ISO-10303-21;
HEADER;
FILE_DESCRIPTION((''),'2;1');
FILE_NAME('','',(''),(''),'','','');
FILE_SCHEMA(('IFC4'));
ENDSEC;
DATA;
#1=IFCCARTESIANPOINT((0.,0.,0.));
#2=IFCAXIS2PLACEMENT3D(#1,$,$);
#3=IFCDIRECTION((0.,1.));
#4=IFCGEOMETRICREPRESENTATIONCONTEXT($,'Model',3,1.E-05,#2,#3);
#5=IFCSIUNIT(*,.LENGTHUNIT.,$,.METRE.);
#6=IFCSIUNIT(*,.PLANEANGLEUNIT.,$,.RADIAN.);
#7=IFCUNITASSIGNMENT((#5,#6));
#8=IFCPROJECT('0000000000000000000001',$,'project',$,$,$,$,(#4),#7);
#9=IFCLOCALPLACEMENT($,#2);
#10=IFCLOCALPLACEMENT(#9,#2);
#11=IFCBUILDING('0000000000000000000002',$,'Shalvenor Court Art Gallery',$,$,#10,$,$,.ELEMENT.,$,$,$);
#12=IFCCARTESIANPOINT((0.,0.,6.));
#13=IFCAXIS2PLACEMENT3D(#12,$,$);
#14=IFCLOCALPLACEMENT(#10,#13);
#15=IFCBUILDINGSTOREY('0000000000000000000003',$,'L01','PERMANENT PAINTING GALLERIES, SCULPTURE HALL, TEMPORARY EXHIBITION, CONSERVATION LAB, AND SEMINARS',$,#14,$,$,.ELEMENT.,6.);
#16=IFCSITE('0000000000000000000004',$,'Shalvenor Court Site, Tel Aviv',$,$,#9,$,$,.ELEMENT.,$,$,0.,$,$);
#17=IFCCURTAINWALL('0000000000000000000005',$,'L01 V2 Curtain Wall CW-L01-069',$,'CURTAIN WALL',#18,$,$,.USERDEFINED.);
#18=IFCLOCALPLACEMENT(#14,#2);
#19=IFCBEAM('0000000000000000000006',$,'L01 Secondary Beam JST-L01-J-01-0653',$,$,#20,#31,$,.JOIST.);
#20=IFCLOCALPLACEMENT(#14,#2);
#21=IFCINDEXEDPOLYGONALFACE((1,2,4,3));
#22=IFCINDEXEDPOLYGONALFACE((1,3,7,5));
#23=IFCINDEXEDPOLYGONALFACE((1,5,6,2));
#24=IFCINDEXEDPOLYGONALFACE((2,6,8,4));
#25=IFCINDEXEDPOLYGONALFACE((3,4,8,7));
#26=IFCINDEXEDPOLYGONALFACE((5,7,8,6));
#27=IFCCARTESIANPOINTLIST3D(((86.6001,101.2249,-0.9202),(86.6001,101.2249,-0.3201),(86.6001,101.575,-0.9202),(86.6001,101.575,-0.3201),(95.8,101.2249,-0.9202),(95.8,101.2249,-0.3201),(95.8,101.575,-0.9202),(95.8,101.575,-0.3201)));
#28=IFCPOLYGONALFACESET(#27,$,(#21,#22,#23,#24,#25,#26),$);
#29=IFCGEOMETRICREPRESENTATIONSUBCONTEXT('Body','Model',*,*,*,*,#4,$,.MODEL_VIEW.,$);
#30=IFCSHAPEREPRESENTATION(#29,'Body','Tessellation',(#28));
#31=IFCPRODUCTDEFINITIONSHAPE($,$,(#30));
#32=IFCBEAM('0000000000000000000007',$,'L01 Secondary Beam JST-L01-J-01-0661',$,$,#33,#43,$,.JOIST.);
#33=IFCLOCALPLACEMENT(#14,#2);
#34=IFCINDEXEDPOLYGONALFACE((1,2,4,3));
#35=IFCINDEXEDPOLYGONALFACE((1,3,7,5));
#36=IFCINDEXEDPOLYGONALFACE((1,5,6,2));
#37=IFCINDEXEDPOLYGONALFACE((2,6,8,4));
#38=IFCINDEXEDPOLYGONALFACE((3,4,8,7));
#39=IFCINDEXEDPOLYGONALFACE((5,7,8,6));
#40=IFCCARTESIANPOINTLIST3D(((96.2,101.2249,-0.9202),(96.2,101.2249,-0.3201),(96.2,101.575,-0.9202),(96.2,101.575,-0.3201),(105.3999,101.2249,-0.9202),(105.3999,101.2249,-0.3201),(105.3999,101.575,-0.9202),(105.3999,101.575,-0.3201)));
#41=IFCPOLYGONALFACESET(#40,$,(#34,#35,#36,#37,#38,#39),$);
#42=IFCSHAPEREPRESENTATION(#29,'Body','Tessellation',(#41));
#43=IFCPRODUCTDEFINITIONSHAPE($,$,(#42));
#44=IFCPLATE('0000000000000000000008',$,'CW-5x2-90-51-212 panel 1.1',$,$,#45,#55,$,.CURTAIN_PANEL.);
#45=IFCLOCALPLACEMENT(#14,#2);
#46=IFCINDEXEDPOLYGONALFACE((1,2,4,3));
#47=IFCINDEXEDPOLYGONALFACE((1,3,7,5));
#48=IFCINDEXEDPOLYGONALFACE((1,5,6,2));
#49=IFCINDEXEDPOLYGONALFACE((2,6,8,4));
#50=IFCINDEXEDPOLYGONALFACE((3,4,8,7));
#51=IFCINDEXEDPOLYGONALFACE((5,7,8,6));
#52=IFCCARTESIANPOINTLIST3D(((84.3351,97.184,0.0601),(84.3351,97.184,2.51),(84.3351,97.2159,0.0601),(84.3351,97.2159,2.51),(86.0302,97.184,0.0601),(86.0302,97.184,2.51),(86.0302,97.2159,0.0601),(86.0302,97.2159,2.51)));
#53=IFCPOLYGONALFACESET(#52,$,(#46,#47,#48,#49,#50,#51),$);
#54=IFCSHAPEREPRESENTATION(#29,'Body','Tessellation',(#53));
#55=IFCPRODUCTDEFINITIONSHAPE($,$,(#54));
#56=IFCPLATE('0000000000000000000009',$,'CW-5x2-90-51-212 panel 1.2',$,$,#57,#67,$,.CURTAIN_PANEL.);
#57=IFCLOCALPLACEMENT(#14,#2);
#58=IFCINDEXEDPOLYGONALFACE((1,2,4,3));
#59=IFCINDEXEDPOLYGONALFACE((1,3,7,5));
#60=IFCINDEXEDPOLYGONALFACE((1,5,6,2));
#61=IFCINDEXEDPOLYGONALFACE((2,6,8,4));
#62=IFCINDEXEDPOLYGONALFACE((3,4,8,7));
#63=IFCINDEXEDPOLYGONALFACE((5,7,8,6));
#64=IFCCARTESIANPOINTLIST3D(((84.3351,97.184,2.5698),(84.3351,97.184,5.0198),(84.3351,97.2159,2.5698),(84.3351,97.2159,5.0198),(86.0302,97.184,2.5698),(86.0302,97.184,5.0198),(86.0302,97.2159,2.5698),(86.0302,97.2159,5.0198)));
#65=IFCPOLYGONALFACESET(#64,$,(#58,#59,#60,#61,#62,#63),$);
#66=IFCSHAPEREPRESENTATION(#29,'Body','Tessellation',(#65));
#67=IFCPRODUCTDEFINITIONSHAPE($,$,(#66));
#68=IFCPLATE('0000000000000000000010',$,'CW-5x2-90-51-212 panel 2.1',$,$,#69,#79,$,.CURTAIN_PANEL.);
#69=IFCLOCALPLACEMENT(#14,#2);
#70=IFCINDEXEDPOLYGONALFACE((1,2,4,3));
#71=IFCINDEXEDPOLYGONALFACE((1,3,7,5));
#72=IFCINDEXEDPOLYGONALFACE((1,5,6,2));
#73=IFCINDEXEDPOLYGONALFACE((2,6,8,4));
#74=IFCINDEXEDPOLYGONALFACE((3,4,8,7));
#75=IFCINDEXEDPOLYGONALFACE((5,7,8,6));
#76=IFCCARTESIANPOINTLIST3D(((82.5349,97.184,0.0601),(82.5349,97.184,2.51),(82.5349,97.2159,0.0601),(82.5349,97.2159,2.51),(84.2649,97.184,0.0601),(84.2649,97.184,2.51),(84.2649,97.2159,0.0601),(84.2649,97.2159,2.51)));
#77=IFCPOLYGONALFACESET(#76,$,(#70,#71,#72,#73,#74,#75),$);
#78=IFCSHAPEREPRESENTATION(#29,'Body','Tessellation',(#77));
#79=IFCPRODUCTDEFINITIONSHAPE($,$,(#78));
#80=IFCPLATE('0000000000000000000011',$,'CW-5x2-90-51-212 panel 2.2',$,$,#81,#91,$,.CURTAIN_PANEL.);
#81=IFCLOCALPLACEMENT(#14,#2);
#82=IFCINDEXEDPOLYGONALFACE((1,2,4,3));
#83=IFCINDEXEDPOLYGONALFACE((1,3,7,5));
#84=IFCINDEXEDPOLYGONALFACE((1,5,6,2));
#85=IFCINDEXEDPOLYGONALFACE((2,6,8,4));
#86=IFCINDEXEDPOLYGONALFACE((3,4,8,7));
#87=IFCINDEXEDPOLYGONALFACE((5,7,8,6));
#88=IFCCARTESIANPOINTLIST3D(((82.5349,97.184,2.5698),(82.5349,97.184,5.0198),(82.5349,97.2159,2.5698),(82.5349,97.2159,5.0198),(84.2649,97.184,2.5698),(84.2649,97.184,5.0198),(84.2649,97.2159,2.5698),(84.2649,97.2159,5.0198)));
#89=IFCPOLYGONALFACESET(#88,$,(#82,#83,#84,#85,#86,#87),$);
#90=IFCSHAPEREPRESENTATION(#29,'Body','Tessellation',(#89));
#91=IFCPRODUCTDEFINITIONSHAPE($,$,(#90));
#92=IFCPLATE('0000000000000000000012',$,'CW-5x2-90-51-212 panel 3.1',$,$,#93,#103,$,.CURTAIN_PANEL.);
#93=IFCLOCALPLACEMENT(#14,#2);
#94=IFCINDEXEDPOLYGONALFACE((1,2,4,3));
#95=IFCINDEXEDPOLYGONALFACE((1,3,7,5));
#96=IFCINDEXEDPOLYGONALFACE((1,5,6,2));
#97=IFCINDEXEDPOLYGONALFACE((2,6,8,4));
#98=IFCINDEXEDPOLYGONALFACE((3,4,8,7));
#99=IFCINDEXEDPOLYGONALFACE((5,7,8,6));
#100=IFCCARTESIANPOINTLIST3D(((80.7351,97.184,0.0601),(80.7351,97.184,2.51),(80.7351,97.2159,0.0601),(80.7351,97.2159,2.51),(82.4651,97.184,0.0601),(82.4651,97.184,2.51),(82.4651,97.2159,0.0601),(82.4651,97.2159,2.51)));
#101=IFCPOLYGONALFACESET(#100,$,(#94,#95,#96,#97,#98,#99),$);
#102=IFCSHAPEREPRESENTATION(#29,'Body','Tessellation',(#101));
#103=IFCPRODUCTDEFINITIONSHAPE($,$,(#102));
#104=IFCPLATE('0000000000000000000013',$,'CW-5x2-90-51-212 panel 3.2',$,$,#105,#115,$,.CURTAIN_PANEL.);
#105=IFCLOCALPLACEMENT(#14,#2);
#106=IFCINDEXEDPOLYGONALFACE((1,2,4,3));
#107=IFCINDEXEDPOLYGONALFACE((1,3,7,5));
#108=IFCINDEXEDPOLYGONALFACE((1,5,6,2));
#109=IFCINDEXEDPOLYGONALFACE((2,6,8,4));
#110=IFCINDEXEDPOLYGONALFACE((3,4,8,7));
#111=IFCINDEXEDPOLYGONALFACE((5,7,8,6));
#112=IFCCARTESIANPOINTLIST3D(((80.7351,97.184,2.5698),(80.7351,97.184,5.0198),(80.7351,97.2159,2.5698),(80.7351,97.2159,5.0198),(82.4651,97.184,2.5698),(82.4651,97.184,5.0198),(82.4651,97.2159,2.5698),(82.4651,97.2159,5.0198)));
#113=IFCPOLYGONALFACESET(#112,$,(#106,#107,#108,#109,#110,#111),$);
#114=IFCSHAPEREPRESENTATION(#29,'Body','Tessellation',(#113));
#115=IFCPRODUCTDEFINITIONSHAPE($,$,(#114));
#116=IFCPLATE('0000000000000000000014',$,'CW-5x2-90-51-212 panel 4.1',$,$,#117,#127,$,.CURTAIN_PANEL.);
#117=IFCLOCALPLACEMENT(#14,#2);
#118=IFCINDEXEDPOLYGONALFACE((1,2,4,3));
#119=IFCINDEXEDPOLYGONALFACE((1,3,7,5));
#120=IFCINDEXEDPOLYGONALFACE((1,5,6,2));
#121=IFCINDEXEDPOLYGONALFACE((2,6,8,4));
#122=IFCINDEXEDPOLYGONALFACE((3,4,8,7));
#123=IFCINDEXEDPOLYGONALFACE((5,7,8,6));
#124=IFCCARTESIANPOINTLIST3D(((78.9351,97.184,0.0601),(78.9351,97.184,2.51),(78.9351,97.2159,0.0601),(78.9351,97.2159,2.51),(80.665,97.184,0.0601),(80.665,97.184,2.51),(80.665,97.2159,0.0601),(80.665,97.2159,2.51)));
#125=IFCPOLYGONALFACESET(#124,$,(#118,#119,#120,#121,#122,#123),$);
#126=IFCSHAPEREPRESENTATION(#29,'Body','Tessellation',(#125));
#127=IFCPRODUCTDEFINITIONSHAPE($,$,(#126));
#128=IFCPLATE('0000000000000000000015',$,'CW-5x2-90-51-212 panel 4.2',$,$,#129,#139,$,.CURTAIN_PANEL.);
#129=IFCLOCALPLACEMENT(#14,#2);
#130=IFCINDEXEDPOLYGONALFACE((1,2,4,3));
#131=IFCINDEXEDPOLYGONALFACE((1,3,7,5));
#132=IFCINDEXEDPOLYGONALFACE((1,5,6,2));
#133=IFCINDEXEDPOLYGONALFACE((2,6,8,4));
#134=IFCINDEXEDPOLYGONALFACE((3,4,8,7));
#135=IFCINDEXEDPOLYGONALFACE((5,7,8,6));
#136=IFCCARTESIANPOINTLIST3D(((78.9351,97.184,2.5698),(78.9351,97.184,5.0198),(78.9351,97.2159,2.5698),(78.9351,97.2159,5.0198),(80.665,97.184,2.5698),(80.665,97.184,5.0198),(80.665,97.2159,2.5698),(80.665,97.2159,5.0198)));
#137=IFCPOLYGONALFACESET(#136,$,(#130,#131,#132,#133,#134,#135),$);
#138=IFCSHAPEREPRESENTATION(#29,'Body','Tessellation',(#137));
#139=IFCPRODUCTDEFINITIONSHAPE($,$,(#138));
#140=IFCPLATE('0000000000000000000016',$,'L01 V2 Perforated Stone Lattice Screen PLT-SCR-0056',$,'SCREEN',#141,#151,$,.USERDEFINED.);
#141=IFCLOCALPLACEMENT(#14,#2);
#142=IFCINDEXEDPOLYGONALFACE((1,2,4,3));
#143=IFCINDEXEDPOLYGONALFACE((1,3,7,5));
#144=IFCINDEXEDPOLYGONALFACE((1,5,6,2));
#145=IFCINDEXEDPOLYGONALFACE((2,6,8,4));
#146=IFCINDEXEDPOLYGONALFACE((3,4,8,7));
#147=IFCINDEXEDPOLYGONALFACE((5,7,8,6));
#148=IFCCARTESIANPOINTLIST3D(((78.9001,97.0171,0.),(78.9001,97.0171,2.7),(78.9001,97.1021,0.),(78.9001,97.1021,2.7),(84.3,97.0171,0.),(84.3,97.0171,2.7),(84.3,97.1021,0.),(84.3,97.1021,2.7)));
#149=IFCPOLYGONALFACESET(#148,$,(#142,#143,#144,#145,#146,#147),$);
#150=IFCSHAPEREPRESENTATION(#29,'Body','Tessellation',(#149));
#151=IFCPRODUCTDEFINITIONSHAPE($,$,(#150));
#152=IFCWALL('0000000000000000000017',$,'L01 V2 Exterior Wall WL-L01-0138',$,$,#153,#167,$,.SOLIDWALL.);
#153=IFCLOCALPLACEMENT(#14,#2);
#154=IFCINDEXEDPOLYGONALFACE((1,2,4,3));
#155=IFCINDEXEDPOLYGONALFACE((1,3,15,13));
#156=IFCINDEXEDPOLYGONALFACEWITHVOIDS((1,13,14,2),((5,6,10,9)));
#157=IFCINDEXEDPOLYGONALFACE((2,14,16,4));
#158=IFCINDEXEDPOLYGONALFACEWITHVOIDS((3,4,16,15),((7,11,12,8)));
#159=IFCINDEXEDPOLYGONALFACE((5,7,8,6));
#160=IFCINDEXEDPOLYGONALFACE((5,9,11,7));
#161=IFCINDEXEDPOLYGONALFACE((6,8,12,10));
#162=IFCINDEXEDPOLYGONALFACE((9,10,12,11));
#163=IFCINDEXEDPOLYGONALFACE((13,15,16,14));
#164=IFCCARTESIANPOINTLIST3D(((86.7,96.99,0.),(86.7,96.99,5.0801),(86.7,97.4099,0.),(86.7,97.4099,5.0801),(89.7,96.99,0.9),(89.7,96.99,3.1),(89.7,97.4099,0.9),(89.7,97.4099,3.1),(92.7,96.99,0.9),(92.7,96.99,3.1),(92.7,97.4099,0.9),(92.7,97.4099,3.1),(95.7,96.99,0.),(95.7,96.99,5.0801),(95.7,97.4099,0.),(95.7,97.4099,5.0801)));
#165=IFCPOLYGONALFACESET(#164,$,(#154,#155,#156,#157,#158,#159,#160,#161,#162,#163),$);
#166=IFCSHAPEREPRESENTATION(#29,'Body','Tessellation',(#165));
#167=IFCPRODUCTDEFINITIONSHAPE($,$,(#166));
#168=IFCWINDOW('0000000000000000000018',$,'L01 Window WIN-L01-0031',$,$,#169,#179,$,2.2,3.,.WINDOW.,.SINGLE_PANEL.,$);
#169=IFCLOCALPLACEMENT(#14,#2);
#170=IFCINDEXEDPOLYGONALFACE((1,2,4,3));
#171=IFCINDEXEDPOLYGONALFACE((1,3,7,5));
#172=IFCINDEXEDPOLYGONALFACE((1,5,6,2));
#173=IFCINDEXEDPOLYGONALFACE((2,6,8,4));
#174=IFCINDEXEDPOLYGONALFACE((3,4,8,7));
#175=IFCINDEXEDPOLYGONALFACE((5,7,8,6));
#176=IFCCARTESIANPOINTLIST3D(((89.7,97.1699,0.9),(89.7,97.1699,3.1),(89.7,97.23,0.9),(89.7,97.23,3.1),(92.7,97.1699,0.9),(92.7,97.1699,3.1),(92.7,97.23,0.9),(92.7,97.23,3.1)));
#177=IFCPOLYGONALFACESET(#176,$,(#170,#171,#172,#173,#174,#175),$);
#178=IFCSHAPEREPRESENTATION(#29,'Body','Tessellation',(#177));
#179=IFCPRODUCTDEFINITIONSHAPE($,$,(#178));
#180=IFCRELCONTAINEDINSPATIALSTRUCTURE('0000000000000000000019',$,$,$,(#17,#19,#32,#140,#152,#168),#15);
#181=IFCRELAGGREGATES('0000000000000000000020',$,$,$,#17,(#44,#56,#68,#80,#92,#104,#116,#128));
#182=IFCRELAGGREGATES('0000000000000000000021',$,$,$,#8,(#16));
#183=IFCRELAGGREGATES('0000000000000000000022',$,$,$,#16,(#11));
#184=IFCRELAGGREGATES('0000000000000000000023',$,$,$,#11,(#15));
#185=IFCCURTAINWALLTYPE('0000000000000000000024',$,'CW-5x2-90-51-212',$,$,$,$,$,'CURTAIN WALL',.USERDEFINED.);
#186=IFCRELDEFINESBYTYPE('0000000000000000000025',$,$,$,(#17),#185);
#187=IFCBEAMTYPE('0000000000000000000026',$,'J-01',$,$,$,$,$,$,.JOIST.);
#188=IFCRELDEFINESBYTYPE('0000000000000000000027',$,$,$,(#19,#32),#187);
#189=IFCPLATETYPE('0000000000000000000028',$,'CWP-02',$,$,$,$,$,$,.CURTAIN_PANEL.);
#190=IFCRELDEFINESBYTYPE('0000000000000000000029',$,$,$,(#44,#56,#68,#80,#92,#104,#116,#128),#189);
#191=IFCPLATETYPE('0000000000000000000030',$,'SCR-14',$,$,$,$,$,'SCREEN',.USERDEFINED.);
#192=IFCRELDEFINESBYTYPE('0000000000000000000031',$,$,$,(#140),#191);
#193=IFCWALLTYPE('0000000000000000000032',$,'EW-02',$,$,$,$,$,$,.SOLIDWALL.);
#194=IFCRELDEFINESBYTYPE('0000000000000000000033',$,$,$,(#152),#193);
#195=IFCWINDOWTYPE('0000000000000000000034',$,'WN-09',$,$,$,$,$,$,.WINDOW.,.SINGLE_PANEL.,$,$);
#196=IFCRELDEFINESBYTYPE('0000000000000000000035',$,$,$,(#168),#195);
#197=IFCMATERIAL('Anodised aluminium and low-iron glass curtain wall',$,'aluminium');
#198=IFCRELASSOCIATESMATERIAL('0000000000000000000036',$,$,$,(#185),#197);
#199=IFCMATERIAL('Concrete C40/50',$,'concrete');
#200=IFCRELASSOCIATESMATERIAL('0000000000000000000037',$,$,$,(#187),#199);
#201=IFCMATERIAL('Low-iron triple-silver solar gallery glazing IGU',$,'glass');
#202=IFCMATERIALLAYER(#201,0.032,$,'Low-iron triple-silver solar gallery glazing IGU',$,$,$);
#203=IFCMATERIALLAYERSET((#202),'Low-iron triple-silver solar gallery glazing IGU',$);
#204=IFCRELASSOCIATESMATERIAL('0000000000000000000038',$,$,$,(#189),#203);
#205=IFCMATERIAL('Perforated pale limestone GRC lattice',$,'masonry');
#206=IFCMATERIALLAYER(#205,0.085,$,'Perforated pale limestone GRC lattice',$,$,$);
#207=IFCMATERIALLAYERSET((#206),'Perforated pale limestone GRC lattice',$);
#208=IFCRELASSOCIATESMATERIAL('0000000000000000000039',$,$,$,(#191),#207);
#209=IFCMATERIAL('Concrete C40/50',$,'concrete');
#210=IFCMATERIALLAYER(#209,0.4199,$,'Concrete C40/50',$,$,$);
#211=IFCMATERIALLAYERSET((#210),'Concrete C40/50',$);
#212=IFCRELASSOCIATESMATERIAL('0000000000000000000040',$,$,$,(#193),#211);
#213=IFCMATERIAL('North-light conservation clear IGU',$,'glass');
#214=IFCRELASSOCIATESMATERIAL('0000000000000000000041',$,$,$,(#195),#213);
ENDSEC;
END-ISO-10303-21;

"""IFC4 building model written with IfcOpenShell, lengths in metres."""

from ifc_helpers import new_model, si_unit, direction, frame, frame_2d, origin, origin_2d, place, context, subcontext, project, spatial, rectangle, extrude, material, layer, layer_set, material_profile, profile_set, type_object, element, fill, aggregate, save


model = new_model("IFC4")

# Units and contexts
model_context = context("Model", 3, precision=1e-05, world=origin(), true_north=direction((0.0, 1.0)))
body_context = subcontext(model_context, "Body", "Model", "MODEL_VIEW")
ifc_project = project(units=[si_unit("LENGTHUNIT", "METRE"), si_unit("PLANEANGLEUNIT", "RADIAN")], contexts=[model_context])

# Site, building, storey
site_placement = place(None, origin())
site = spatial("IfcSite", under=ifc_project, at=site_placement, Name="Shalvenor Court Site, Tel Aviv", CompositionType="ELEMENT", RefElevation=0.0)
building_placement = place(site_placement, origin())
building = spatial("IfcBuilding", under=site, at=building_placement, Name="Shalvenor Court Art Gallery", CompositionType="ELEMENT")
storey_placement = place(building_placement, frame((0.0, 0.0, 6.0)))
storey = spatial("IfcBuildingStorey", under=building, at=storey_placement, Name="L01", Description="PERMANENT PAINTING GALLERIES, SCULPTURE HALL, TEMPORARY EXHIBITION, CONSERVATION LAB, AND SEMINARS", CompositionType="ELEMENT", Elevation=6.0)

# Curtain wall
ifc_material_1 = material(Name="Anodised aluminium and low-iron glass curtain wall", Category="aluminium")
curtain_wall_type = type_object("IfcCurtainWallType", Name="CW-5x2-90-51-212", ElementType="CURTAIN WALL", PredefinedType="USERDEFINED", material=ifc_material_1)
curtain_wall_placement = place(storey_placement, origin())
curtain_wall = element("IfcCurtainWall", 1, at=curtain_wall_placement, inside=storey, type_object=curtain_wall_type, Name="L01 V2 Curtain Wall CW-L01-069", ObjectType="CURTAIN WALL", PredefinedType="USERDEFINED")

# Beams
ifc_material_2 = material(Name="Concrete C40/50", Category="concrete")
ifc_material_profile_1 = material_profile(ifc_material_2, rectangle(XDim=0.3501, YDim=0.6001, at=origin_2d()), Name="RC 350x600")
ifc_profile_set_1 = profile_set([ifc_material_profile_1], Name="Concrete C40/50")
beam_type_1 = type_object("IfcBeamType", Name="J-01", PredefinedType="JOIST", material=ifc_profile_set_1)
for number, where, z_axis, x_axis, name in (
    (2, (86.6001, 101.3999, -0.6201), (1.0, 0.0, 0.0), (0.0, 1.0, 0.0), "L01 Secondary Beam JST-L01-J-01-0653"),
    (3, (96.2, 101.3999, -0.6201), (1.0, 0.0, 0.0), (0.0, 1.0, 0.0), "L01 Secondary Beam JST-L01-J-01-0661"),
):
    element("IfcBeam", number, at=place(storey_placement, frame(where, z_axis=z_axis, x_axis=x_axis)), inside=storey, type_object=beam_type_1, Name=name, PredefinedType="JOIST", context=body_context, shape_type="SweptSolid", body=[
        extrude(rectangle(XDim=0.3501, YDim=0.6001, at=origin_2d()), origin(), (0.0, 0.0, 1.0), 9.2),
    ])

# Plates
ifc_material_3 = material(Name="Low-iron triple-silver solar gallery glazing IGU", Category="glass")
ifc_layer_1 = layer(ifc_material_3, 0.032, Name="Low-iron triple-silver solar gallery glazing IGU")
ifc_layer_set_1 = layer_set([ifc_layer_1], Name="Low-iron triple-silver solar gallery glazing IGU")
plate_type_1 = type_object("IfcPlateType", Name="CWP-02", PredefinedType="CURTAIN_PANEL", material=ifc_layer_set_1)
plate_1_placement = place(storey_placement, frame((85.1826, 97.2, 0.0601), z_axis=(0.0, 0.0, 1.0), x_axis=(-1.0, 0.0, 0.0)))
plate_1 = element("IfcPlate", 4, at=plate_1_placement, type_object=plate_type_1, Name="CW-5x2-90-51-212 panel 1.1", PredefinedType="CURTAIN_PANEL", context=body_context, shape_type="SweptSolid", body=[
    extrude(rectangle(XDim=1.6951, YDim=0.032, at=origin_2d()), origin(), (0.0, 0.0, 1.0), 2.45),
])
plate_2_placement = place(storey_placement, frame((85.1826, 97.2, 2.5698), z_axis=(0.0, 0.0, 1.0), x_axis=(-1.0, 0.0, 0.0)))
plate_2 = element("IfcPlate", 5, at=plate_2_placement, type_object=plate_type_1, Name="CW-5x2-90-51-212 panel 1.2", PredefinedType="CURTAIN_PANEL", context=body_context, shape_type="SweptSolid", body=[
    extrude(rectangle(XDim=1.6951, YDim=0.032, at=origin_2d()), origin(), (0.0, 0.0, 1.0), 2.45),
])
plate_3_placement = place(storey_placement, frame((83.3999, 97.2, 0.0601), z_axis=(0.0, 0.0, 1.0), x_axis=(-1.0, 0.0, 0.0)))
plate_3 = element("IfcPlate", 6, at=plate_3_placement, type_object=plate_type_1, Name="CW-5x2-90-51-212 panel 2.1", PredefinedType="CURTAIN_PANEL", context=body_context, shape_type="SweptSolid", body=[
    extrude(rectangle(XDim=1.73, YDim=0.032, at=origin_2d()), origin(), (0.0, 0.0, 1.0), 2.45),
])
plate_4_placement = place(storey_placement, frame((83.3999, 97.2, 2.5698), z_axis=(0.0, 0.0, 1.0), x_axis=(-1.0, 0.0, 0.0)))
plate_4 = element("IfcPlate", 7, at=plate_4_placement, type_object=plate_type_1, Name="CW-5x2-90-51-212 panel 2.2", PredefinedType="CURTAIN_PANEL", context=body_context, shape_type="SweptSolid", body=[
    extrude(rectangle(XDim=1.73, YDim=0.032, at=origin_2d()), origin(), (0.0, 0.0, 1.0), 2.45),
])
plate_5_placement = place(storey_placement, frame((81.6001, 97.2, 0.0601), z_axis=(0.0, 0.0, 1.0), x_axis=(-1.0, 0.0, 0.0)))
plate_5 = element("IfcPlate", 8, at=plate_5_placement, type_object=plate_type_1, Name="CW-5x2-90-51-212 panel 3.1", PredefinedType="CURTAIN_PANEL", context=body_context, shape_type="SweptSolid", body=[
    extrude(rectangle(XDim=1.73, YDim=0.032, at=origin_2d()), origin(), (0.0, 0.0, 1.0), 2.45),
])
plate_6_placement = place(storey_placement, frame((81.6001, 97.2, 2.5698), z_axis=(0.0, 0.0, 1.0), x_axis=(-1.0, 0.0, 0.0)))
plate_6 = element("IfcPlate", 9, at=plate_6_placement, type_object=plate_type_1, Name="CW-5x2-90-51-212 panel 3.2", PredefinedType="CURTAIN_PANEL", context=body_context, shape_type="SweptSolid", body=[
    extrude(rectangle(XDim=1.73, YDim=0.032, at=origin_2d()), origin(), (0.0, 0.0, 1.0), 2.45),
])
plate_7_placement = place(storey_placement, frame((79.8, 97.2, 0.0601), z_axis=(0.0, 0.0, 1.0), x_axis=(-1.0, 0.0, 0.0)))
plate_7 = element("IfcPlate", 10, at=plate_7_placement, type_object=plate_type_1, Name="CW-5x2-90-51-212 panel 4.1", PredefinedType="CURTAIN_PANEL", context=body_context, shape_type="SweptSolid", body=[
    extrude(rectangle(XDim=1.73, YDim=0.032, at=origin_2d()), origin(), (0.0, 0.0, 1.0), 2.45),
])
plate_8_placement = place(storey_placement, frame((79.8, 97.2, 2.5698), z_axis=(0.0, 0.0, 1.0), x_axis=(-1.0, 0.0, 0.0)))
plate_8 = element("IfcPlate", 11, at=plate_8_placement, type_object=plate_type_1, Name="CW-5x2-90-51-212 panel 4.2", PredefinedType="CURTAIN_PANEL", context=body_context, shape_type="SweptSolid", body=[
    extrude(rectangle(XDim=1.73, YDim=0.032, at=origin_2d()), origin(), (0.0, 0.0, 1.0), 2.45),
])
aggregate(curtain_wall, [plate_1, plate_2, plate_3, plate_4, plate_5, plate_6, plate_7, plate_8])
ifc_material_4 = material(Name="Perforated pale limestone GRC lattice", Category="masonry")
ifc_layer_2 = layer(ifc_material_4, 0.085, Name="Perforated pale limestone GRC lattice")
ifc_layer_set_2 = layer_set([ifc_layer_2], Name="Perforated pale limestone GRC lattice")
plate_type_2 = type_object("IfcPlateType", Name="SCR-14", ElementType="SCREEN", PredefinedType="USERDEFINED", material=ifc_layer_set_2)
plate_9_placement = place(storey_placement, frame((81.6001, 97.0596, 0.0), z_axis=(0.0, 0.0, 1.0), x_axis=(-1.0, 0.0, 0.0)))
element("IfcPlate", 12, at=plate_9_placement, inside=storey, type_object=plate_type_2, Name="L01 V2 Perforated Stone Lattice Screen PLT-SCR-0056", ObjectType="SCREEN", PredefinedType="USERDEFINED", context=body_context, shape_type="SweptSolid", body=[
    extrude(rectangle(XDim=5.3999, YDim=0.085, at=origin_2d()), origin(), (0.0, 0.0, 1.0), 2.7),
])

# Wall, opening, window
ifc_material_5 = material(Name="Concrete C40/50", Category="concrete")
ifc_layer_3 = layer(ifc_material_5, 0.4199, Name="Concrete C40/50")
ifc_layer_set_3 = layer_set([ifc_layer_3], Name="Concrete C40/50")
wall_type_1 = type_object("IfcWallType", Name="EW-02", PredefinedType="SOLIDWALL", material=ifc_layer_set_3)
wall_1_placement = place(storey_placement, frame((95.7, 97.2, 0.0), z_axis=(0.0, 0.0, 1.0), x_axis=(-1.0, 0.0, 0.0)))
wall_1 = element("IfcWall", 13, at=wall_1_placement, inside=storey, type_object=wall_type_1, Name="L01 V2 Exterior Wall WL-L01-0138", PredefinedType="SOLIDWALL", context=body_context, shape_type="SweptSolid", body=[
    extrude(rectangle(XDim=9.0, YDim=0.4199, at=frame_2d((4.5, 0.0))), origin(), (0.0, 0.0, 1.0), 5.0801),
])
opening_placement = place(wall_1_placement, frame((3.0, 0.0, 0.8999)))
opening = element("IfcOpeningElement", 14, at=opening_placement, cuts=wall_1, PredefinedType="OPENING", context=body_context, shape_type="SweptSolid", body=[
    extrude(rectangle(XDim=3.0, YDim=2.2, at=frame_2d((1.5, 1.1001))), frame((0.0, 0.22, 0.0), z_axis=(0.0, -1.0, 0.0), x_axis=(1.0, 0.0, 0.0)), (0.0, 0.0, 1.0), 0.4399),
])
ifc_material_6 = material(Name="North-light conservation clear IGU", Category="glass")
window_type = type_object("IfcWindowType", Name="WN-09", PartitioningType="SINGLE_PANEL", PredefinedType="WINDOW", material=ifc_material_6)
window_placement = place(opening_placement, origin())
window = element("IfcWindow", 15, at=window_placement, inside=storey, type_object=window_type, Name="L01 Window WIN-L01-0031", OverallHeight=2.2, OverallWidth=3.0, PartitioningType="SINGLE_PANEL", PredefinedType="WINDOW", context=body_context, shape_type="SweptSolid", body=[
    extrude(rectangle(XDim=3.0, YDim=2.2, at=frame_2d((1.5, 1.1001))), frame((0.0, 0.03, 0.0), z_axis=(0.0, -1.0, 0.0), x_axis=(1.0, 0.0, 0.0)), (0.0, 0.0, 1.0), 0.0601),
])
fill(opening, window)

save(model, "model.ifc")
